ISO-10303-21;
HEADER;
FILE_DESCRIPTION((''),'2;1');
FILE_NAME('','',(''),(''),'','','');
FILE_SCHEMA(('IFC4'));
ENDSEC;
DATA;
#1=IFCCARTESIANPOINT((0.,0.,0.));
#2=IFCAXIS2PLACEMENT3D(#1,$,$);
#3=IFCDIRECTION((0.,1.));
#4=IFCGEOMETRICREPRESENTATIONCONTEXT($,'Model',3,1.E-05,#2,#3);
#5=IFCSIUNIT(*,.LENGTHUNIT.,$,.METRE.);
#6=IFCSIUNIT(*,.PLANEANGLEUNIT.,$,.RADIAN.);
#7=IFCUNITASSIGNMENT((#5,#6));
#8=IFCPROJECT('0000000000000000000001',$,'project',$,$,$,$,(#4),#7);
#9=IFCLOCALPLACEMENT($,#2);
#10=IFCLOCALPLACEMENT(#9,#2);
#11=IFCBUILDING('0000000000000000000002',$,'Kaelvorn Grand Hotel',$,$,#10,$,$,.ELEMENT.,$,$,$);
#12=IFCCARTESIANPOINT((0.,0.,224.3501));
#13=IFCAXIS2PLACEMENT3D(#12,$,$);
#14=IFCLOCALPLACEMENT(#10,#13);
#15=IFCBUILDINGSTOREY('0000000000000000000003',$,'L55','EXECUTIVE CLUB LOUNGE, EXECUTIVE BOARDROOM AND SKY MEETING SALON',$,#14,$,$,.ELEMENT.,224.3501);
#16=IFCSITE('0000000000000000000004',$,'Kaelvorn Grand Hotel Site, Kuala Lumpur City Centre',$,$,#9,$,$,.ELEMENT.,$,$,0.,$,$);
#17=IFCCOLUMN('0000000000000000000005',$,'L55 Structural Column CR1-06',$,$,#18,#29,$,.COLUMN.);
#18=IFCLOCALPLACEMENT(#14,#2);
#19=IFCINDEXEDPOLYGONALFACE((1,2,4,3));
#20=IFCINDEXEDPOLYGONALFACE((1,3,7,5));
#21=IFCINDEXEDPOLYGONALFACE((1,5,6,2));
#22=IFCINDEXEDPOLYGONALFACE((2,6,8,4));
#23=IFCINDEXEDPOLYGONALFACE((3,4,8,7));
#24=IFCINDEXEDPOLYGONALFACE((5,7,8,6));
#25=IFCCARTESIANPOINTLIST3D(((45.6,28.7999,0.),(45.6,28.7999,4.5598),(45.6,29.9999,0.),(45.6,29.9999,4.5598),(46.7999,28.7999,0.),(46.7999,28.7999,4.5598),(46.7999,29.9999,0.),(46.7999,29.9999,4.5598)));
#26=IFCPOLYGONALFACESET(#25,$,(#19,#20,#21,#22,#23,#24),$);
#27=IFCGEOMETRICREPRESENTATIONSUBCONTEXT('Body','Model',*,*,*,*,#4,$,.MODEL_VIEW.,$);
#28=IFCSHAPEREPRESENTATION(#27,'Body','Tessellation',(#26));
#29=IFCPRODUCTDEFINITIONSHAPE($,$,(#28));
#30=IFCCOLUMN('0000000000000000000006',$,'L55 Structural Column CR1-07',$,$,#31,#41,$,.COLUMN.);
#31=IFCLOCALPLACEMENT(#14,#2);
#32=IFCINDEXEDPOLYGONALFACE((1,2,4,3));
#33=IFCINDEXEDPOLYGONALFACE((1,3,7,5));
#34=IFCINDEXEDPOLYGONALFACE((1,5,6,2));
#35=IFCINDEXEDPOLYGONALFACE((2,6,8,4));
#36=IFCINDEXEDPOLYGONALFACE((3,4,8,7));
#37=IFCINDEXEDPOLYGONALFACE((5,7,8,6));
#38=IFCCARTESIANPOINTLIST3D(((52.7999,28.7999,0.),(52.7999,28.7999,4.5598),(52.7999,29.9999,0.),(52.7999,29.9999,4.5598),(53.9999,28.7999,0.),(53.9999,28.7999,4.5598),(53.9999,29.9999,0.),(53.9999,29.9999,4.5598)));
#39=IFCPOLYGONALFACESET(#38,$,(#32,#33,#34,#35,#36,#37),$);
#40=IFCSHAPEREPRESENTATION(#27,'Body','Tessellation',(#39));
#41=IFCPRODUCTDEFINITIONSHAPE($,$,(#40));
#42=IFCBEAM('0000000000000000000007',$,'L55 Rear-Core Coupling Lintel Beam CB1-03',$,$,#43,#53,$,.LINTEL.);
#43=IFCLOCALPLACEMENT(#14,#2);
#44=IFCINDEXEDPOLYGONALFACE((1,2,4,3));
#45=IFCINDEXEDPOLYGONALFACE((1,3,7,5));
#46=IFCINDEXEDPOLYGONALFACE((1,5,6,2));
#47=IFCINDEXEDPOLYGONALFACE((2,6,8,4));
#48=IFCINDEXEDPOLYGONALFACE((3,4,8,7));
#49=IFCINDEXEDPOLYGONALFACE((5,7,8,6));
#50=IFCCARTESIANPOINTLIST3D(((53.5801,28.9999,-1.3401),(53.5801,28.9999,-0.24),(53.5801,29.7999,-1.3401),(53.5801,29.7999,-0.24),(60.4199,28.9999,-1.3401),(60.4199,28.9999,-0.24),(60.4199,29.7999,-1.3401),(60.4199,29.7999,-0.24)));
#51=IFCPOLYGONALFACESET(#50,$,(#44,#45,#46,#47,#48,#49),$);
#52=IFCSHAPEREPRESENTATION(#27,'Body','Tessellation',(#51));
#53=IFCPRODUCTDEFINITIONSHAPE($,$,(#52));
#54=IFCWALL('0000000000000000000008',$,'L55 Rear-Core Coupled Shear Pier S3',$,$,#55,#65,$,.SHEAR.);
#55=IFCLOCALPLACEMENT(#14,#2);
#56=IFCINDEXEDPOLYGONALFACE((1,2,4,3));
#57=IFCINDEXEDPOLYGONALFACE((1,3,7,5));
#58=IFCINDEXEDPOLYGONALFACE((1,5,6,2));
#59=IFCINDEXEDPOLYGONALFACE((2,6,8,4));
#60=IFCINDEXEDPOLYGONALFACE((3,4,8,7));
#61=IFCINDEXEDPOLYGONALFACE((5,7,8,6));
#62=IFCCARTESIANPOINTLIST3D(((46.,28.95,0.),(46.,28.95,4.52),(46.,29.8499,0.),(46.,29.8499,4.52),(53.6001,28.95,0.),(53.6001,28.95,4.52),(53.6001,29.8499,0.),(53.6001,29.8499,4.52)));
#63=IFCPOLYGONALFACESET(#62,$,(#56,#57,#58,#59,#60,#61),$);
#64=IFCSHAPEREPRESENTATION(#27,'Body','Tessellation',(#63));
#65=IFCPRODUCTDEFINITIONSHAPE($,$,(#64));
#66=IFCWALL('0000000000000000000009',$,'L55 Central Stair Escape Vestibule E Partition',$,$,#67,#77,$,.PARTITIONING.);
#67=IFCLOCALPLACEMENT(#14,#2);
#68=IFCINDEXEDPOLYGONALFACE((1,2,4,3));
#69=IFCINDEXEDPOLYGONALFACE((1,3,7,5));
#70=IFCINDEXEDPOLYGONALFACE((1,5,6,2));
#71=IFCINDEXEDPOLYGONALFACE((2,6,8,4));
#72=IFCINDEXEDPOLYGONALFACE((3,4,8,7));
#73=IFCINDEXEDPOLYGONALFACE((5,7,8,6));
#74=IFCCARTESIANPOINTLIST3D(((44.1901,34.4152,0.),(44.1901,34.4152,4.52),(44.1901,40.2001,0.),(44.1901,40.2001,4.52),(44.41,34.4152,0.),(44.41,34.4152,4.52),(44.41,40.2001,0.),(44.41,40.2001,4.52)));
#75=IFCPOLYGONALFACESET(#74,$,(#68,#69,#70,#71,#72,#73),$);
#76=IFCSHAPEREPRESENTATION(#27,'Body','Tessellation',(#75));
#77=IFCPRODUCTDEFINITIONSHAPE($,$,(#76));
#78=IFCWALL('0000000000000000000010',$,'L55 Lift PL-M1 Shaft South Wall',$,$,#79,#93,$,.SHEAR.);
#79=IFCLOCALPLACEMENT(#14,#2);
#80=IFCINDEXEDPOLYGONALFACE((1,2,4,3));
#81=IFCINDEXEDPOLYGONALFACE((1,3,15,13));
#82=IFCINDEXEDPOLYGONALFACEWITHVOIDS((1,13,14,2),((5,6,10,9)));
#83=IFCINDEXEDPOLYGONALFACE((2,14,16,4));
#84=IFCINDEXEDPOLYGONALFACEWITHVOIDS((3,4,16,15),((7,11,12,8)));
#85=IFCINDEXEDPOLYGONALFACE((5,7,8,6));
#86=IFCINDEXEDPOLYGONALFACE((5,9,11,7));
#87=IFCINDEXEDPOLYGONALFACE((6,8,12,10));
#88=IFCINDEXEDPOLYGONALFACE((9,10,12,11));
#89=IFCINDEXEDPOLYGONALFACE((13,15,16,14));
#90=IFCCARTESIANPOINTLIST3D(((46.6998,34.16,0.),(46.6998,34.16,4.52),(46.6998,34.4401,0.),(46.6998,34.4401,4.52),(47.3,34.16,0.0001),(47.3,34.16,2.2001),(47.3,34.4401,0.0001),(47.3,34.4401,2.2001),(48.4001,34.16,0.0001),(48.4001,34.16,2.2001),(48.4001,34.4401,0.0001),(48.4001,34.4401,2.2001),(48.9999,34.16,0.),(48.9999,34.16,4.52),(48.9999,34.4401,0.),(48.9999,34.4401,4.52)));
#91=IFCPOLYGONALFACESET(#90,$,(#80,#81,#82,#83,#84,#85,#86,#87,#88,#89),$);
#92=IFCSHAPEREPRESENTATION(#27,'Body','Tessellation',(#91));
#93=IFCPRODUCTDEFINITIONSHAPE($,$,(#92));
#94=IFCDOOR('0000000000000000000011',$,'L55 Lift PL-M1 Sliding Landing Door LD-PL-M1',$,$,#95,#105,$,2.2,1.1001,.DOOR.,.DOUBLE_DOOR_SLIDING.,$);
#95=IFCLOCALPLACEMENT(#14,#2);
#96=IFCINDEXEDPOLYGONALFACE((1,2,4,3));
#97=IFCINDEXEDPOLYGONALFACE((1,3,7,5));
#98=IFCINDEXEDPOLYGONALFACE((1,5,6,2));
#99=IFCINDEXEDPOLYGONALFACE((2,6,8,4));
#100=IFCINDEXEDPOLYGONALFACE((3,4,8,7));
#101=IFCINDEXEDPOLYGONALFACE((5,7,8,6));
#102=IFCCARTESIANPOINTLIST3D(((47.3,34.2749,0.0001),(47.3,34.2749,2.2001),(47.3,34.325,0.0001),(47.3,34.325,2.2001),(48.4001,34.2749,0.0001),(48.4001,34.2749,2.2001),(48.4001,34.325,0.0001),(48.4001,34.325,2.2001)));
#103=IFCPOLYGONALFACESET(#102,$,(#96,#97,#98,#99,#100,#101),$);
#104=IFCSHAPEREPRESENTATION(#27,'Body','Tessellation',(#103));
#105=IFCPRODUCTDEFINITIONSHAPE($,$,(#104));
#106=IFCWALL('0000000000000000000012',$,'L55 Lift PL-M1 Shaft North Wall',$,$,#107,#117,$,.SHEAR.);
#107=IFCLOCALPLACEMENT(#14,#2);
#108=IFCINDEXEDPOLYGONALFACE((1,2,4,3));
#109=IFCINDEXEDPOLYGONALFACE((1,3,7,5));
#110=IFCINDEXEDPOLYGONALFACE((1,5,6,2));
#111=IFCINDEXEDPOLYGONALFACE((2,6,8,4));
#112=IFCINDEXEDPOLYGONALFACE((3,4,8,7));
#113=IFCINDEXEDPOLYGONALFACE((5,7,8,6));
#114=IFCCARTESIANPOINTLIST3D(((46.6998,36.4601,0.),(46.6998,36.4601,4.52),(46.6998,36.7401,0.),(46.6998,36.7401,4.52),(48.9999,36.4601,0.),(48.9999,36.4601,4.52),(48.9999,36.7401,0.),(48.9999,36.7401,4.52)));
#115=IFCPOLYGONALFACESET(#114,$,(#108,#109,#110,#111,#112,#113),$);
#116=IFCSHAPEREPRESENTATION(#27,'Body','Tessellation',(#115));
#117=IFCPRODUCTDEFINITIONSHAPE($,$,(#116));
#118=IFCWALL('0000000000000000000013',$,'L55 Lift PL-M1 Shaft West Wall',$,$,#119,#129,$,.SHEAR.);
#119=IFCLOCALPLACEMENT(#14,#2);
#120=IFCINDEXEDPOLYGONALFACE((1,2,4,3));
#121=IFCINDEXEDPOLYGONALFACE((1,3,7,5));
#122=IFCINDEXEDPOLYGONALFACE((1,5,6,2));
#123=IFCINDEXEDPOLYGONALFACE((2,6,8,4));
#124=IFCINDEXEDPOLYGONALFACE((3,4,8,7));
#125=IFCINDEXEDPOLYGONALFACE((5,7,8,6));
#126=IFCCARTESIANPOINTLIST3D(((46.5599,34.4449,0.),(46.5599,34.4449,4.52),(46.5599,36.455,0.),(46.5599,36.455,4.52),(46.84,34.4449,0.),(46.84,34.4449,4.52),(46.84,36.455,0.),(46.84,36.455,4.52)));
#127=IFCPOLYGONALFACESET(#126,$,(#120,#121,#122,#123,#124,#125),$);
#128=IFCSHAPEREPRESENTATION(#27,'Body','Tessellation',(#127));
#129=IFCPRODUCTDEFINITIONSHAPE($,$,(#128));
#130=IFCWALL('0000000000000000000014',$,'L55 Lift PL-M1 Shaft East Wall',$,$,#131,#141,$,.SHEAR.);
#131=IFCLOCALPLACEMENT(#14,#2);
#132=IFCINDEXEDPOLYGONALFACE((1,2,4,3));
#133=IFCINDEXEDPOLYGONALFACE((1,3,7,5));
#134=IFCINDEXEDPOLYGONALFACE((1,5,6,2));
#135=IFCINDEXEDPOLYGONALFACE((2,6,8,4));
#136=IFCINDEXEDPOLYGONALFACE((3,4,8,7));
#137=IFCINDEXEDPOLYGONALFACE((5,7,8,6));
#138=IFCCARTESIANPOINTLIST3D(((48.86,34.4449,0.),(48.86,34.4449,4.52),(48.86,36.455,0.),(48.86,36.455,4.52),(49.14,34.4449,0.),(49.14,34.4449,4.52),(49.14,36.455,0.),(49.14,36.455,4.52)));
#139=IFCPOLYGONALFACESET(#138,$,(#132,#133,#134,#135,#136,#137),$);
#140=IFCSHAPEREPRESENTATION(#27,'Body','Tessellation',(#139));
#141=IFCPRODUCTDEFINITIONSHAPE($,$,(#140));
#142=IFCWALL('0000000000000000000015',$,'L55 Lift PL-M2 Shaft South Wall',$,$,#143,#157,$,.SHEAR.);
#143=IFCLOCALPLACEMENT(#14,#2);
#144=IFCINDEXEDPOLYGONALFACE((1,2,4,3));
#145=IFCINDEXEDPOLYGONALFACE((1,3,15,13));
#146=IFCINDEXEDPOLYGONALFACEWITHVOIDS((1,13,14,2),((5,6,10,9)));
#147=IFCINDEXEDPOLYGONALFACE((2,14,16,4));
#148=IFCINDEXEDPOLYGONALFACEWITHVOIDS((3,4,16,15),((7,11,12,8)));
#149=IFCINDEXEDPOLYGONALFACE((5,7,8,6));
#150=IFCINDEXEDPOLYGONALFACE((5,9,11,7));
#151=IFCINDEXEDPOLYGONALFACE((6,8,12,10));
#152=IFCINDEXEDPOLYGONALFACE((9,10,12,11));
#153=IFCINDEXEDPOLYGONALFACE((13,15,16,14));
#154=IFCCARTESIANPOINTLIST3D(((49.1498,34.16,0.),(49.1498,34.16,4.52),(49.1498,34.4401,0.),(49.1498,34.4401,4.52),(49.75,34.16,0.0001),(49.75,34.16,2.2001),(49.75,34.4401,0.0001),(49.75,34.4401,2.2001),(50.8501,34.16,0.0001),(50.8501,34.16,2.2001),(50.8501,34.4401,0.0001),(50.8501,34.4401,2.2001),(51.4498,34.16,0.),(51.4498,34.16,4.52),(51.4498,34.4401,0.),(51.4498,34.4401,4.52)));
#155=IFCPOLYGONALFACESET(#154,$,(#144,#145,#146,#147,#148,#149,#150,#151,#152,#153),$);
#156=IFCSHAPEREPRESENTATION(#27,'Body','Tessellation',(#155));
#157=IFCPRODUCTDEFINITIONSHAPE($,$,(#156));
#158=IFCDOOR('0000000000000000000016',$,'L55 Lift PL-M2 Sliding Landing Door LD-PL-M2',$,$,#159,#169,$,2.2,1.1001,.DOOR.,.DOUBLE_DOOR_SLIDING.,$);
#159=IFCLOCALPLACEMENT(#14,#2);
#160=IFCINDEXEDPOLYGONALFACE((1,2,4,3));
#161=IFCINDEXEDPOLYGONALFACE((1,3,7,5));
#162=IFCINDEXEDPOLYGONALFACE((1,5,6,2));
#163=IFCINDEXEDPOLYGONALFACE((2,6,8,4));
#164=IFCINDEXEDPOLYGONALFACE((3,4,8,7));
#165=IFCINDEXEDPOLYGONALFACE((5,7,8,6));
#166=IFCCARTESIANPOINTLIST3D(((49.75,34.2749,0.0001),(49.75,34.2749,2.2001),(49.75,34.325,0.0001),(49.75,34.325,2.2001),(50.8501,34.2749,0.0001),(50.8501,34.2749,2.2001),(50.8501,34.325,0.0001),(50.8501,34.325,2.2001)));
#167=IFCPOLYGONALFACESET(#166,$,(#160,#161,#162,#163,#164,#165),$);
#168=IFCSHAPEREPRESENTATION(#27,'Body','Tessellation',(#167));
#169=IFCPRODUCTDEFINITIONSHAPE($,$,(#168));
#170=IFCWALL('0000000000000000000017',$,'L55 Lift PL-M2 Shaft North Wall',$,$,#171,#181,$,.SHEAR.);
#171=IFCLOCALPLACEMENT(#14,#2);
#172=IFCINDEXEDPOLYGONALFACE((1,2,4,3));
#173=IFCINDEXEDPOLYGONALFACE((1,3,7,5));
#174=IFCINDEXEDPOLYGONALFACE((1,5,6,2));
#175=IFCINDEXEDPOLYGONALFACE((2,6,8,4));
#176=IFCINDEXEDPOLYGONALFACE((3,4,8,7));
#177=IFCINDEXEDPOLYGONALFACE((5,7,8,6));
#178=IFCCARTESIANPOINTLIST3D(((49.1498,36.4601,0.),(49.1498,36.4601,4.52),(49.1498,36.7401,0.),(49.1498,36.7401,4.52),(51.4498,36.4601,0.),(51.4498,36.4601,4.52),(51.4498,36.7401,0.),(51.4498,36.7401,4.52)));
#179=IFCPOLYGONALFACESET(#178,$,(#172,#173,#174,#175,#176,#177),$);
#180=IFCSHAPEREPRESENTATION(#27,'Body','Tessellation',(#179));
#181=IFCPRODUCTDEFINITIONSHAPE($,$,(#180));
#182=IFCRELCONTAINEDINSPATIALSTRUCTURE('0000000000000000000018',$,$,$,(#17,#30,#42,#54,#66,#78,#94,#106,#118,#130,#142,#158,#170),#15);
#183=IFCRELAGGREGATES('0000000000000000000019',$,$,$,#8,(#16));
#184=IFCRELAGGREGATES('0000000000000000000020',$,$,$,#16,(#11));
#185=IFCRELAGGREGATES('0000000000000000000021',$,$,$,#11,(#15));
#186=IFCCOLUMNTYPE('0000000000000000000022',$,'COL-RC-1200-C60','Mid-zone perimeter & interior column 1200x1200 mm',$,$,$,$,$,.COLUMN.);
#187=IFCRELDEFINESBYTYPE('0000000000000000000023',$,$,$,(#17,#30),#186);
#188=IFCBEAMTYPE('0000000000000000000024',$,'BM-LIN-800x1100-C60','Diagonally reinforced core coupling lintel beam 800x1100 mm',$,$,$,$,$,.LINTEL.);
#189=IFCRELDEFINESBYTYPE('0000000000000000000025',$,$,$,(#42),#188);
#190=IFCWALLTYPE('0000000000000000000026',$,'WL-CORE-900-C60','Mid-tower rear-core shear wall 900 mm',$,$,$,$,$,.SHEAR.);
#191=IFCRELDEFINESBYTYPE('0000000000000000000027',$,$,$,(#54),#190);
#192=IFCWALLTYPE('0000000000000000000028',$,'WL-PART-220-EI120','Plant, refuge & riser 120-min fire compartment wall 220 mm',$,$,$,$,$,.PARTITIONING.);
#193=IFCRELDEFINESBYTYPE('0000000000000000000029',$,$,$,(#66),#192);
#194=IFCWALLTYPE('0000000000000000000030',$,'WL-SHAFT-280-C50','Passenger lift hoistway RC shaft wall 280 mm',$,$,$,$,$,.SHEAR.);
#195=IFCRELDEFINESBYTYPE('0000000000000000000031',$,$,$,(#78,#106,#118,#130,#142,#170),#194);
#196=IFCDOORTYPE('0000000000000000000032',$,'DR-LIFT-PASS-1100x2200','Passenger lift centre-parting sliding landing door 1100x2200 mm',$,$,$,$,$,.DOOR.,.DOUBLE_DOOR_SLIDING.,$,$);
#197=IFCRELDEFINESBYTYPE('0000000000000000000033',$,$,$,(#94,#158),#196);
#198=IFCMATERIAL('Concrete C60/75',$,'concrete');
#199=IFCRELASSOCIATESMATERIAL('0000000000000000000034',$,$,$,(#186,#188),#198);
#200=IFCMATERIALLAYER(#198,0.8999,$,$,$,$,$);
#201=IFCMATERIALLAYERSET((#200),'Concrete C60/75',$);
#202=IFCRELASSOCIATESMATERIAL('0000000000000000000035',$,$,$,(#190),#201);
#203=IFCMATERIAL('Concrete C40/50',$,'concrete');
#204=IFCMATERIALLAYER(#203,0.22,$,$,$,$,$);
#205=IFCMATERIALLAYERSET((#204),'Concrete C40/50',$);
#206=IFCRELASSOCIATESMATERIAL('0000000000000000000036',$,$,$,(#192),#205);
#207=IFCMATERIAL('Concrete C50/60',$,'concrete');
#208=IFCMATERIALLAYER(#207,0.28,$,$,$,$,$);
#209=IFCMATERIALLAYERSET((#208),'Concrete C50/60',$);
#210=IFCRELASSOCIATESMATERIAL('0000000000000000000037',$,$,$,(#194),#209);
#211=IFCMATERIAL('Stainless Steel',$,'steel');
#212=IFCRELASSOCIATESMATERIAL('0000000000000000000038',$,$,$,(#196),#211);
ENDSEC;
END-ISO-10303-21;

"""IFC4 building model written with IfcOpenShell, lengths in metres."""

from ifc_helpers import new_model, si_unit, direction, frame, frame_2d, origin, origin_2d, place, context, subcontext, project, spatial, rectangle, extrude, material, layer, layer_set, material_profile, profile_set, type_object, element, fill, save


model = new_model("IFC4")

# Units and contexts
model_context = context("Model", 3, precision=1e-05, world=origin(), true_north=direction((0.0, 1.0)))
body_context = subcontext(model_context, "Body", "Model", "MODEL_VIEW")
ifc_project = project(units=[si_unit("LENGTHUNIT", "METRE"), si_unit("PLANEANGLEUNIT", "RADIAN")], contexts=[model_context])

# Site, building, storey
site_placement = place(None, origin())
site = spatial("IfcSite", under=ifc_project, at=site_placement, Name="Kaelvorn Grand Hotel Site, Kuala Lumpur City Centre", CompositionType="ELEMENT", RefElevation=0.0)
building_placement = place(site_placement, origin())
building = spatial("IfcBuilding", under=site, at=building_placement, Name="Kaelvorn Grand Hotel", CompositionType="ELEMENT")
storey_placement = place(building_placement, frame((0.0, 0.0, 224.3501)))
storey = spatial("IfcBuildingStorey", under=building, at=storey_placement, Name="L55", Description="EXECUTIVE CLUB LOUNGE, EXECUTIVE BOARDROOM AND SKY MEETING SALON", CompositionType="ELEMENT", Elevation=224.3501)

# Columns
ifc_material_1 = material(Name="Concrete C60/75", Category="concrete")
ifc_material_profile_1 = material_profile(ifc_material_1, rectangle(XDim=1.2, YDim=1.2, at=origin_2d()), Name="RC COL 1200x1200")
ifc_profile_set_1 = profile_set([ifc_material_profile_1], Name="Concrete C60/75")
column_type = type_object("IfcColumnType", Name="COL-RC-1200-C60", Description="Mid-zone perimeter & interior column 1200x1200 mm", PredefinedType="COLUMN", material=ifc_profile_set_1)
for number, where, z_axis, x_axis, name in (
    (1, (46.2, 29.3999, 0.0), (0.0, 0.0, 1.0), (1.0, 0.0, 0.0), "L55 Structural Column CR1-06"),
    (2, (53.3999, 29.3999, 0.0), (0.0, 0.0, 1.0), (1.0, 0.0, 0.0), "L55 Structural Column CR1-07"),
):
    element("IfcColumn", number, at=place(storey_placement, frame(where, z_axis=z_axis, x_axis=x_axis)), inside=storey, type_object=column_type, Name=name, PredefinedType="COLUMN", context=body_context, shape_type="SweptSolid", body=[
        extrude(rectangle(XDim=1.2, YDim=1.2, at=origin_2d()), origin(), (0.0, 0.0, 1.0), 4.5598),
    ])

# Beam
ifc_material_profile_2 = material_profile(ifc_material_1, rectangle(XDim=0.8, YDim=1.1001, at=origin_2d()), Name="RC LINTEL 800x1100")
ifc_profile_set_2 = profile_set([ifc_material_profile_2], Name="Concrete C60/75")
beam_type = type_object("IfcBeamType", Name="BM-LIN-800x1100-C60", Description="Diagonally reinforced core coupling lintel beam 800x1100 mm", PredefinedType="LINTEL", material=ifc_profile_set_2)
beam_placement = place(storey_placement, frame((53.5801, 29.3999, -0.79), z_axis=(1.0, 0.0, 0.0), x_axis=(0.0, 1.0, 0.0)))
element("IfcBeam", 3, at=beam_placement, inside=storey, type_object=beam_type, Name="L55 Rear-Core Coupling Lintel Beam CB1-03", PredefinedType="LINTEL", context=body_context, shape_type="SweptSolid", body=[
    extrude(rectangle(XDim=0.8, YDim=1.1001, at=origin_2d()), origin(), (0.0, 0.0, 1.0), 6.8398),
])

# Walls
ifc_layer_1 = layer(ifc_material_1, 0.8999)
ifc_layer_set_1 = layer_set([ifc_layer_1], Name="Concrete C60/75")
wall_type_1 = type_object("IfcWallType", Name="WL-CORE-900-C60", Description="Mid-tower rear-core shear wall 900 mm", PredefinedType="SHEAR", material=ifc_layer_set_1)
wall_1_placement = place(storey_placement, frame((46.0, 29.3999, 0.0), z_axis=(0.0, 0.0, 1.0), x_axis=(1.0, 0.0, 0.0)))
element("IfcWall", 4, at=wall_1_placement, inside=storey, type_object=wall_type_1, Name="L55 Rear-Core Coupled Shear Pier S3", PredefinedType="SHEAR", context=body_context, shape_type="SweptSolid", body=[
    extrude(rectangle(XDim=7.6001, YDim=0.8999, at=frame_2d((3.8, 0.0))), origin(), (0.0, 0.0, 1.0), 4.52),
])
ifc_material_2 = material(Name="Concrete C40/50", Category="concrete")
ifc_layer_2 = layer(ifc_material_2, 0.22)
ifc_layer_set_2 = layer_set([ifc_layer_2], Name="Concrete C40/50")
wall_type_2 = type_object("IfcWallType", Name="WL-PART-220-EI120", Description="Plant, refuge & riser 120-min fire compartment wall 220 mm", PredefinedType="PARTITIONING", material=ifc_layer_set_2)
wall_2_placement = place(storey_placement, frame((44.3, 34.415, 0.0), z_axis=(0.0, 0.0, 1.0), x_axis=(0.0, 1.0, 0.0)))
element("IfcWall", 5, at=wall_2_placement, inside=storey, type_object=wall_type_2, Name="L55 Central Stair Escape Vestibule E Partition", PredefinedType="PARTITIONING", context=body_context, shape_type="SweptSolid", body=[
    extrude(rectangle(XDim=5.7849, YDim=0.22, at=frame_2d((2.8926, 0.0))), origin(), (0.0, 0.0, 1.0), 4.52),
])

# Wall, opening, door
ifc_material_3 = material(Name="Concrete C50/60", Category="concrete")
ifc_layer_3 = layer(ifc_material_3, 0.28)
ifc_layer_set_3 = layer_set([ifc_layer_3], Name="Concrete C50/60")
wall_type_3 = type_object("IfcWallType", Name="WL-SHAFT-280-C50", Description="Passenger lift hoistway RC shaft wall 280 mm", PredefinedType="SHEAR", material=ifc_layer_set_3)
wall_3_placement = place(storey_placement, frame((46.7, 34.3, 0.0), z_axis=(0.0, 0.0, 1.0), x_axis=(1.0, 0.0, 0.0)))
wall_3 = element("IfcWall", 6, at=wall_3_placement, inside=storey, type_object=wall_type_3, Name="L55 Lift PL-M1 Shaft South Wall", PredefinedType="SHEAR", context=body_context, shape_type="SweptSolid", body=[
    extrude(rectangle(XDim=2.3, YDim=0.28, at=frame_2d((1.1499, 0.0))), origin(), (0.0, 0.0, 1.0), 4.52),
])
opening_1_placement = place(wall_3_placement, frame((0.6001, 0.0, 0.0)))
opening_1 = element("IfcOpeningElement", 7, at=opening_1_placement, cuts=wall_3, PredefinedType="OPENING", context=body_context, shape_type="SweptSolid", body=[
    extrude(rectangle(XDim=1.1001, YDim=2.2, at=frame_2d((0.55, 1.1001))), frame((0.0, 0.1499, 0.0), z_axis=(0.0, -1.0, 0.0), x_axis=(1.0, 0.0, 0.0)), (0.0, 0.0, 1.0), 0.3),
])
ifc_material_4 = material(Name="Stainless Steel", Category="steel")
door_type = type_object("IfcDoorType", Name="DR-LIFT-PASS-1100x2200", Description="Passenger lift centre-parting sliding landing door 1100x2200 mm", OperationType="DOUBLE_DOOR_SLIDING", PredefinedType="DOOR", material=ifc_material_4)
door_1_placement = place(opening_1_placement, origin())
door_1 = element("IfcDoor", 8, at=door_1_placement, inside=storey, type_object=door_type, Name="L55 Lift PL-M1 Sliding Landing Door LD-PL-M1", OperationType="DOUBLE_DOOR_SLIDING", OverallHeight=2.2, OverallWidth=1.1001, PredefinedType="DOOR", context=body_context, shape_type="SweptSolid", body=[
    extrude(rectangle(XDim=1.1001, YDim=2.2, at=frame_2d((0.55, 1.1001))), frame((0.0, 0.0249, 0.0), z_axis=(0.0, -1.0, 0.0), x_axis=(1.0, 0.0, 0.0)), (0.0, 0.0, 1.0), 0.05),
])
fill(opening_1, door_1)

# Walls
wall_4_placement = place(storey_placement, frame((46.7, 36.6001, 0.0), z_axis=(0.0, 0.0, 1.0), x_axis=(1.0, 0.0, 0.0)))
element("IfcWall", 9, at=wall_4_placement, inside=storey, type_object=wall_type_3, Name="L55 Lift PL-M1 Shaft North Wall", PredefinedType="SHEAR", context=body_context, shape_type="SweptSolid", body=[
    extrude(rectangle(XDim=2.3, YDim=0.28, at=frame_2d((1.1499, 0.0))), origin(), (0.0, 0.0, 1.0), 4.52),
])
for number, where, z_axis, x_axis, name in (
    (10, (46.7, 34.4451, 0.0), (0.0, 0.0, 1.0), (0.0, 1.0, 0.0), "L55 Lift PL-M1 Shaft West Wall"),
    (11, (49.0, 34.4451, 0.0), (0.0, 0.0, 1.0), (0.0, 1.0, 0.0), "L55 Lift PL-M1 Shaft East Wall"),
):
    element("IfcWall", number, at=place(storey_placement, frame(where, z_axis=z_axis, x_axis=x_axis)), inside=storey, type_object=wall_type_3, Name=name, PredefinedType="SHEAR", context=body_context, shape_type="SweptSolid", body=[
        extrude(rectangle(XDim=2.01, YDim=0.28, at=frame_2d((1.0049, 0.0))), origin(), (0.0, 0.0, 1.0), 4.52),
    ])

# Wall, opening, door
wall_5_placement = place(storey_placement, frame((49.1499, 34.3, 0.0), z_axis=(0.0, 0.0, 1.0), x_axis=(1.0, 0.0, 0.0)))
wall_5 = element("IfcWall", 12, at=wall_5_placement, inside=storey, type_object=wall_type_3, Name="L55 Lift PL-M2 Shaft South Wall", PredefinedType="SHEAR", context=body_context, shape_type="SweptSolid", body=[
    extrude(rectangle(XDim=2.3, YDim=0.28, at=frame_2d((1.1499, 0.0))), origin(), (0.0, 0.0, 1.0), 4.52),
])
opening_2_placement = place(wall_5_placement, frame((0.6001, 0.0, 0.0)))
opening_2 = element("IfcOpeningElement", 13, at=opening_2_placement, cuts=wall_5, PredefinedType="OPENING", context=body_context, shape_type="SweptSolid", body=[
    extrude(rectangle(XDim=1.1001, YDim=2.2, at=frame_2d((0.55, 1.1001))), frame((0.0, 0.1499, 0.0), z_axis=(0.0, -1.0, 0.0), x_axis=(1.0, 0.0, 0.0)), (0.0, 0.0, 1.0), 0.3),
])
door_2_placement = place(opening_2_placement, origin())
door_2 = element("IfcDoor", 14, at=door_2_placement, inside=storey, type_object=door_type, Name="L55 Lift PL-M2 Sliding Landing Door LD-PL-M2", OperationType="DOUBLE_DOOR_SLIDING", OverallHeight=2.2, OverallWidth=1.1001, PredefinedType="DOOR", context=body_context, shape_type="SweptSolid", body=[
    extrude(rectangle(XDim=1.1001, YDim=2.2, at=frame_2d((0.55, 1.1001))), frame((0.0, 0.0249, 0.0), z_axis=(0.0, -1.0, 0.0), x_axis=(1.0, 0.0, 0.0)), (0.0, 0.0, 1.0), 0.05),
])
fill(opening_2, door_2)

# Wall
wall_6_placement = place(storey_placement, frame((49.1499, 36.6001, 0.0), z_axis=(0.0, 0.0, 1.0), x_axis=(1.0, 0.0, 0.0)))
element("IfcWall", 15, at=wall_6_placement, inside=storey, type_object=wall_type_3, Name="L55 Lift PL-M2 Shaft North Wall", PredefinedType="SHEAR", context=body_context, shape_type="SweptSolid", body=[
    extrude(rectangle(XDim=2.3, YDim=0.28, at=frame_2d((1.1499, 0.0))), origin(), (0.0, 0.0, 1.0), 4.52),
])

save(model, "model.ifc")
